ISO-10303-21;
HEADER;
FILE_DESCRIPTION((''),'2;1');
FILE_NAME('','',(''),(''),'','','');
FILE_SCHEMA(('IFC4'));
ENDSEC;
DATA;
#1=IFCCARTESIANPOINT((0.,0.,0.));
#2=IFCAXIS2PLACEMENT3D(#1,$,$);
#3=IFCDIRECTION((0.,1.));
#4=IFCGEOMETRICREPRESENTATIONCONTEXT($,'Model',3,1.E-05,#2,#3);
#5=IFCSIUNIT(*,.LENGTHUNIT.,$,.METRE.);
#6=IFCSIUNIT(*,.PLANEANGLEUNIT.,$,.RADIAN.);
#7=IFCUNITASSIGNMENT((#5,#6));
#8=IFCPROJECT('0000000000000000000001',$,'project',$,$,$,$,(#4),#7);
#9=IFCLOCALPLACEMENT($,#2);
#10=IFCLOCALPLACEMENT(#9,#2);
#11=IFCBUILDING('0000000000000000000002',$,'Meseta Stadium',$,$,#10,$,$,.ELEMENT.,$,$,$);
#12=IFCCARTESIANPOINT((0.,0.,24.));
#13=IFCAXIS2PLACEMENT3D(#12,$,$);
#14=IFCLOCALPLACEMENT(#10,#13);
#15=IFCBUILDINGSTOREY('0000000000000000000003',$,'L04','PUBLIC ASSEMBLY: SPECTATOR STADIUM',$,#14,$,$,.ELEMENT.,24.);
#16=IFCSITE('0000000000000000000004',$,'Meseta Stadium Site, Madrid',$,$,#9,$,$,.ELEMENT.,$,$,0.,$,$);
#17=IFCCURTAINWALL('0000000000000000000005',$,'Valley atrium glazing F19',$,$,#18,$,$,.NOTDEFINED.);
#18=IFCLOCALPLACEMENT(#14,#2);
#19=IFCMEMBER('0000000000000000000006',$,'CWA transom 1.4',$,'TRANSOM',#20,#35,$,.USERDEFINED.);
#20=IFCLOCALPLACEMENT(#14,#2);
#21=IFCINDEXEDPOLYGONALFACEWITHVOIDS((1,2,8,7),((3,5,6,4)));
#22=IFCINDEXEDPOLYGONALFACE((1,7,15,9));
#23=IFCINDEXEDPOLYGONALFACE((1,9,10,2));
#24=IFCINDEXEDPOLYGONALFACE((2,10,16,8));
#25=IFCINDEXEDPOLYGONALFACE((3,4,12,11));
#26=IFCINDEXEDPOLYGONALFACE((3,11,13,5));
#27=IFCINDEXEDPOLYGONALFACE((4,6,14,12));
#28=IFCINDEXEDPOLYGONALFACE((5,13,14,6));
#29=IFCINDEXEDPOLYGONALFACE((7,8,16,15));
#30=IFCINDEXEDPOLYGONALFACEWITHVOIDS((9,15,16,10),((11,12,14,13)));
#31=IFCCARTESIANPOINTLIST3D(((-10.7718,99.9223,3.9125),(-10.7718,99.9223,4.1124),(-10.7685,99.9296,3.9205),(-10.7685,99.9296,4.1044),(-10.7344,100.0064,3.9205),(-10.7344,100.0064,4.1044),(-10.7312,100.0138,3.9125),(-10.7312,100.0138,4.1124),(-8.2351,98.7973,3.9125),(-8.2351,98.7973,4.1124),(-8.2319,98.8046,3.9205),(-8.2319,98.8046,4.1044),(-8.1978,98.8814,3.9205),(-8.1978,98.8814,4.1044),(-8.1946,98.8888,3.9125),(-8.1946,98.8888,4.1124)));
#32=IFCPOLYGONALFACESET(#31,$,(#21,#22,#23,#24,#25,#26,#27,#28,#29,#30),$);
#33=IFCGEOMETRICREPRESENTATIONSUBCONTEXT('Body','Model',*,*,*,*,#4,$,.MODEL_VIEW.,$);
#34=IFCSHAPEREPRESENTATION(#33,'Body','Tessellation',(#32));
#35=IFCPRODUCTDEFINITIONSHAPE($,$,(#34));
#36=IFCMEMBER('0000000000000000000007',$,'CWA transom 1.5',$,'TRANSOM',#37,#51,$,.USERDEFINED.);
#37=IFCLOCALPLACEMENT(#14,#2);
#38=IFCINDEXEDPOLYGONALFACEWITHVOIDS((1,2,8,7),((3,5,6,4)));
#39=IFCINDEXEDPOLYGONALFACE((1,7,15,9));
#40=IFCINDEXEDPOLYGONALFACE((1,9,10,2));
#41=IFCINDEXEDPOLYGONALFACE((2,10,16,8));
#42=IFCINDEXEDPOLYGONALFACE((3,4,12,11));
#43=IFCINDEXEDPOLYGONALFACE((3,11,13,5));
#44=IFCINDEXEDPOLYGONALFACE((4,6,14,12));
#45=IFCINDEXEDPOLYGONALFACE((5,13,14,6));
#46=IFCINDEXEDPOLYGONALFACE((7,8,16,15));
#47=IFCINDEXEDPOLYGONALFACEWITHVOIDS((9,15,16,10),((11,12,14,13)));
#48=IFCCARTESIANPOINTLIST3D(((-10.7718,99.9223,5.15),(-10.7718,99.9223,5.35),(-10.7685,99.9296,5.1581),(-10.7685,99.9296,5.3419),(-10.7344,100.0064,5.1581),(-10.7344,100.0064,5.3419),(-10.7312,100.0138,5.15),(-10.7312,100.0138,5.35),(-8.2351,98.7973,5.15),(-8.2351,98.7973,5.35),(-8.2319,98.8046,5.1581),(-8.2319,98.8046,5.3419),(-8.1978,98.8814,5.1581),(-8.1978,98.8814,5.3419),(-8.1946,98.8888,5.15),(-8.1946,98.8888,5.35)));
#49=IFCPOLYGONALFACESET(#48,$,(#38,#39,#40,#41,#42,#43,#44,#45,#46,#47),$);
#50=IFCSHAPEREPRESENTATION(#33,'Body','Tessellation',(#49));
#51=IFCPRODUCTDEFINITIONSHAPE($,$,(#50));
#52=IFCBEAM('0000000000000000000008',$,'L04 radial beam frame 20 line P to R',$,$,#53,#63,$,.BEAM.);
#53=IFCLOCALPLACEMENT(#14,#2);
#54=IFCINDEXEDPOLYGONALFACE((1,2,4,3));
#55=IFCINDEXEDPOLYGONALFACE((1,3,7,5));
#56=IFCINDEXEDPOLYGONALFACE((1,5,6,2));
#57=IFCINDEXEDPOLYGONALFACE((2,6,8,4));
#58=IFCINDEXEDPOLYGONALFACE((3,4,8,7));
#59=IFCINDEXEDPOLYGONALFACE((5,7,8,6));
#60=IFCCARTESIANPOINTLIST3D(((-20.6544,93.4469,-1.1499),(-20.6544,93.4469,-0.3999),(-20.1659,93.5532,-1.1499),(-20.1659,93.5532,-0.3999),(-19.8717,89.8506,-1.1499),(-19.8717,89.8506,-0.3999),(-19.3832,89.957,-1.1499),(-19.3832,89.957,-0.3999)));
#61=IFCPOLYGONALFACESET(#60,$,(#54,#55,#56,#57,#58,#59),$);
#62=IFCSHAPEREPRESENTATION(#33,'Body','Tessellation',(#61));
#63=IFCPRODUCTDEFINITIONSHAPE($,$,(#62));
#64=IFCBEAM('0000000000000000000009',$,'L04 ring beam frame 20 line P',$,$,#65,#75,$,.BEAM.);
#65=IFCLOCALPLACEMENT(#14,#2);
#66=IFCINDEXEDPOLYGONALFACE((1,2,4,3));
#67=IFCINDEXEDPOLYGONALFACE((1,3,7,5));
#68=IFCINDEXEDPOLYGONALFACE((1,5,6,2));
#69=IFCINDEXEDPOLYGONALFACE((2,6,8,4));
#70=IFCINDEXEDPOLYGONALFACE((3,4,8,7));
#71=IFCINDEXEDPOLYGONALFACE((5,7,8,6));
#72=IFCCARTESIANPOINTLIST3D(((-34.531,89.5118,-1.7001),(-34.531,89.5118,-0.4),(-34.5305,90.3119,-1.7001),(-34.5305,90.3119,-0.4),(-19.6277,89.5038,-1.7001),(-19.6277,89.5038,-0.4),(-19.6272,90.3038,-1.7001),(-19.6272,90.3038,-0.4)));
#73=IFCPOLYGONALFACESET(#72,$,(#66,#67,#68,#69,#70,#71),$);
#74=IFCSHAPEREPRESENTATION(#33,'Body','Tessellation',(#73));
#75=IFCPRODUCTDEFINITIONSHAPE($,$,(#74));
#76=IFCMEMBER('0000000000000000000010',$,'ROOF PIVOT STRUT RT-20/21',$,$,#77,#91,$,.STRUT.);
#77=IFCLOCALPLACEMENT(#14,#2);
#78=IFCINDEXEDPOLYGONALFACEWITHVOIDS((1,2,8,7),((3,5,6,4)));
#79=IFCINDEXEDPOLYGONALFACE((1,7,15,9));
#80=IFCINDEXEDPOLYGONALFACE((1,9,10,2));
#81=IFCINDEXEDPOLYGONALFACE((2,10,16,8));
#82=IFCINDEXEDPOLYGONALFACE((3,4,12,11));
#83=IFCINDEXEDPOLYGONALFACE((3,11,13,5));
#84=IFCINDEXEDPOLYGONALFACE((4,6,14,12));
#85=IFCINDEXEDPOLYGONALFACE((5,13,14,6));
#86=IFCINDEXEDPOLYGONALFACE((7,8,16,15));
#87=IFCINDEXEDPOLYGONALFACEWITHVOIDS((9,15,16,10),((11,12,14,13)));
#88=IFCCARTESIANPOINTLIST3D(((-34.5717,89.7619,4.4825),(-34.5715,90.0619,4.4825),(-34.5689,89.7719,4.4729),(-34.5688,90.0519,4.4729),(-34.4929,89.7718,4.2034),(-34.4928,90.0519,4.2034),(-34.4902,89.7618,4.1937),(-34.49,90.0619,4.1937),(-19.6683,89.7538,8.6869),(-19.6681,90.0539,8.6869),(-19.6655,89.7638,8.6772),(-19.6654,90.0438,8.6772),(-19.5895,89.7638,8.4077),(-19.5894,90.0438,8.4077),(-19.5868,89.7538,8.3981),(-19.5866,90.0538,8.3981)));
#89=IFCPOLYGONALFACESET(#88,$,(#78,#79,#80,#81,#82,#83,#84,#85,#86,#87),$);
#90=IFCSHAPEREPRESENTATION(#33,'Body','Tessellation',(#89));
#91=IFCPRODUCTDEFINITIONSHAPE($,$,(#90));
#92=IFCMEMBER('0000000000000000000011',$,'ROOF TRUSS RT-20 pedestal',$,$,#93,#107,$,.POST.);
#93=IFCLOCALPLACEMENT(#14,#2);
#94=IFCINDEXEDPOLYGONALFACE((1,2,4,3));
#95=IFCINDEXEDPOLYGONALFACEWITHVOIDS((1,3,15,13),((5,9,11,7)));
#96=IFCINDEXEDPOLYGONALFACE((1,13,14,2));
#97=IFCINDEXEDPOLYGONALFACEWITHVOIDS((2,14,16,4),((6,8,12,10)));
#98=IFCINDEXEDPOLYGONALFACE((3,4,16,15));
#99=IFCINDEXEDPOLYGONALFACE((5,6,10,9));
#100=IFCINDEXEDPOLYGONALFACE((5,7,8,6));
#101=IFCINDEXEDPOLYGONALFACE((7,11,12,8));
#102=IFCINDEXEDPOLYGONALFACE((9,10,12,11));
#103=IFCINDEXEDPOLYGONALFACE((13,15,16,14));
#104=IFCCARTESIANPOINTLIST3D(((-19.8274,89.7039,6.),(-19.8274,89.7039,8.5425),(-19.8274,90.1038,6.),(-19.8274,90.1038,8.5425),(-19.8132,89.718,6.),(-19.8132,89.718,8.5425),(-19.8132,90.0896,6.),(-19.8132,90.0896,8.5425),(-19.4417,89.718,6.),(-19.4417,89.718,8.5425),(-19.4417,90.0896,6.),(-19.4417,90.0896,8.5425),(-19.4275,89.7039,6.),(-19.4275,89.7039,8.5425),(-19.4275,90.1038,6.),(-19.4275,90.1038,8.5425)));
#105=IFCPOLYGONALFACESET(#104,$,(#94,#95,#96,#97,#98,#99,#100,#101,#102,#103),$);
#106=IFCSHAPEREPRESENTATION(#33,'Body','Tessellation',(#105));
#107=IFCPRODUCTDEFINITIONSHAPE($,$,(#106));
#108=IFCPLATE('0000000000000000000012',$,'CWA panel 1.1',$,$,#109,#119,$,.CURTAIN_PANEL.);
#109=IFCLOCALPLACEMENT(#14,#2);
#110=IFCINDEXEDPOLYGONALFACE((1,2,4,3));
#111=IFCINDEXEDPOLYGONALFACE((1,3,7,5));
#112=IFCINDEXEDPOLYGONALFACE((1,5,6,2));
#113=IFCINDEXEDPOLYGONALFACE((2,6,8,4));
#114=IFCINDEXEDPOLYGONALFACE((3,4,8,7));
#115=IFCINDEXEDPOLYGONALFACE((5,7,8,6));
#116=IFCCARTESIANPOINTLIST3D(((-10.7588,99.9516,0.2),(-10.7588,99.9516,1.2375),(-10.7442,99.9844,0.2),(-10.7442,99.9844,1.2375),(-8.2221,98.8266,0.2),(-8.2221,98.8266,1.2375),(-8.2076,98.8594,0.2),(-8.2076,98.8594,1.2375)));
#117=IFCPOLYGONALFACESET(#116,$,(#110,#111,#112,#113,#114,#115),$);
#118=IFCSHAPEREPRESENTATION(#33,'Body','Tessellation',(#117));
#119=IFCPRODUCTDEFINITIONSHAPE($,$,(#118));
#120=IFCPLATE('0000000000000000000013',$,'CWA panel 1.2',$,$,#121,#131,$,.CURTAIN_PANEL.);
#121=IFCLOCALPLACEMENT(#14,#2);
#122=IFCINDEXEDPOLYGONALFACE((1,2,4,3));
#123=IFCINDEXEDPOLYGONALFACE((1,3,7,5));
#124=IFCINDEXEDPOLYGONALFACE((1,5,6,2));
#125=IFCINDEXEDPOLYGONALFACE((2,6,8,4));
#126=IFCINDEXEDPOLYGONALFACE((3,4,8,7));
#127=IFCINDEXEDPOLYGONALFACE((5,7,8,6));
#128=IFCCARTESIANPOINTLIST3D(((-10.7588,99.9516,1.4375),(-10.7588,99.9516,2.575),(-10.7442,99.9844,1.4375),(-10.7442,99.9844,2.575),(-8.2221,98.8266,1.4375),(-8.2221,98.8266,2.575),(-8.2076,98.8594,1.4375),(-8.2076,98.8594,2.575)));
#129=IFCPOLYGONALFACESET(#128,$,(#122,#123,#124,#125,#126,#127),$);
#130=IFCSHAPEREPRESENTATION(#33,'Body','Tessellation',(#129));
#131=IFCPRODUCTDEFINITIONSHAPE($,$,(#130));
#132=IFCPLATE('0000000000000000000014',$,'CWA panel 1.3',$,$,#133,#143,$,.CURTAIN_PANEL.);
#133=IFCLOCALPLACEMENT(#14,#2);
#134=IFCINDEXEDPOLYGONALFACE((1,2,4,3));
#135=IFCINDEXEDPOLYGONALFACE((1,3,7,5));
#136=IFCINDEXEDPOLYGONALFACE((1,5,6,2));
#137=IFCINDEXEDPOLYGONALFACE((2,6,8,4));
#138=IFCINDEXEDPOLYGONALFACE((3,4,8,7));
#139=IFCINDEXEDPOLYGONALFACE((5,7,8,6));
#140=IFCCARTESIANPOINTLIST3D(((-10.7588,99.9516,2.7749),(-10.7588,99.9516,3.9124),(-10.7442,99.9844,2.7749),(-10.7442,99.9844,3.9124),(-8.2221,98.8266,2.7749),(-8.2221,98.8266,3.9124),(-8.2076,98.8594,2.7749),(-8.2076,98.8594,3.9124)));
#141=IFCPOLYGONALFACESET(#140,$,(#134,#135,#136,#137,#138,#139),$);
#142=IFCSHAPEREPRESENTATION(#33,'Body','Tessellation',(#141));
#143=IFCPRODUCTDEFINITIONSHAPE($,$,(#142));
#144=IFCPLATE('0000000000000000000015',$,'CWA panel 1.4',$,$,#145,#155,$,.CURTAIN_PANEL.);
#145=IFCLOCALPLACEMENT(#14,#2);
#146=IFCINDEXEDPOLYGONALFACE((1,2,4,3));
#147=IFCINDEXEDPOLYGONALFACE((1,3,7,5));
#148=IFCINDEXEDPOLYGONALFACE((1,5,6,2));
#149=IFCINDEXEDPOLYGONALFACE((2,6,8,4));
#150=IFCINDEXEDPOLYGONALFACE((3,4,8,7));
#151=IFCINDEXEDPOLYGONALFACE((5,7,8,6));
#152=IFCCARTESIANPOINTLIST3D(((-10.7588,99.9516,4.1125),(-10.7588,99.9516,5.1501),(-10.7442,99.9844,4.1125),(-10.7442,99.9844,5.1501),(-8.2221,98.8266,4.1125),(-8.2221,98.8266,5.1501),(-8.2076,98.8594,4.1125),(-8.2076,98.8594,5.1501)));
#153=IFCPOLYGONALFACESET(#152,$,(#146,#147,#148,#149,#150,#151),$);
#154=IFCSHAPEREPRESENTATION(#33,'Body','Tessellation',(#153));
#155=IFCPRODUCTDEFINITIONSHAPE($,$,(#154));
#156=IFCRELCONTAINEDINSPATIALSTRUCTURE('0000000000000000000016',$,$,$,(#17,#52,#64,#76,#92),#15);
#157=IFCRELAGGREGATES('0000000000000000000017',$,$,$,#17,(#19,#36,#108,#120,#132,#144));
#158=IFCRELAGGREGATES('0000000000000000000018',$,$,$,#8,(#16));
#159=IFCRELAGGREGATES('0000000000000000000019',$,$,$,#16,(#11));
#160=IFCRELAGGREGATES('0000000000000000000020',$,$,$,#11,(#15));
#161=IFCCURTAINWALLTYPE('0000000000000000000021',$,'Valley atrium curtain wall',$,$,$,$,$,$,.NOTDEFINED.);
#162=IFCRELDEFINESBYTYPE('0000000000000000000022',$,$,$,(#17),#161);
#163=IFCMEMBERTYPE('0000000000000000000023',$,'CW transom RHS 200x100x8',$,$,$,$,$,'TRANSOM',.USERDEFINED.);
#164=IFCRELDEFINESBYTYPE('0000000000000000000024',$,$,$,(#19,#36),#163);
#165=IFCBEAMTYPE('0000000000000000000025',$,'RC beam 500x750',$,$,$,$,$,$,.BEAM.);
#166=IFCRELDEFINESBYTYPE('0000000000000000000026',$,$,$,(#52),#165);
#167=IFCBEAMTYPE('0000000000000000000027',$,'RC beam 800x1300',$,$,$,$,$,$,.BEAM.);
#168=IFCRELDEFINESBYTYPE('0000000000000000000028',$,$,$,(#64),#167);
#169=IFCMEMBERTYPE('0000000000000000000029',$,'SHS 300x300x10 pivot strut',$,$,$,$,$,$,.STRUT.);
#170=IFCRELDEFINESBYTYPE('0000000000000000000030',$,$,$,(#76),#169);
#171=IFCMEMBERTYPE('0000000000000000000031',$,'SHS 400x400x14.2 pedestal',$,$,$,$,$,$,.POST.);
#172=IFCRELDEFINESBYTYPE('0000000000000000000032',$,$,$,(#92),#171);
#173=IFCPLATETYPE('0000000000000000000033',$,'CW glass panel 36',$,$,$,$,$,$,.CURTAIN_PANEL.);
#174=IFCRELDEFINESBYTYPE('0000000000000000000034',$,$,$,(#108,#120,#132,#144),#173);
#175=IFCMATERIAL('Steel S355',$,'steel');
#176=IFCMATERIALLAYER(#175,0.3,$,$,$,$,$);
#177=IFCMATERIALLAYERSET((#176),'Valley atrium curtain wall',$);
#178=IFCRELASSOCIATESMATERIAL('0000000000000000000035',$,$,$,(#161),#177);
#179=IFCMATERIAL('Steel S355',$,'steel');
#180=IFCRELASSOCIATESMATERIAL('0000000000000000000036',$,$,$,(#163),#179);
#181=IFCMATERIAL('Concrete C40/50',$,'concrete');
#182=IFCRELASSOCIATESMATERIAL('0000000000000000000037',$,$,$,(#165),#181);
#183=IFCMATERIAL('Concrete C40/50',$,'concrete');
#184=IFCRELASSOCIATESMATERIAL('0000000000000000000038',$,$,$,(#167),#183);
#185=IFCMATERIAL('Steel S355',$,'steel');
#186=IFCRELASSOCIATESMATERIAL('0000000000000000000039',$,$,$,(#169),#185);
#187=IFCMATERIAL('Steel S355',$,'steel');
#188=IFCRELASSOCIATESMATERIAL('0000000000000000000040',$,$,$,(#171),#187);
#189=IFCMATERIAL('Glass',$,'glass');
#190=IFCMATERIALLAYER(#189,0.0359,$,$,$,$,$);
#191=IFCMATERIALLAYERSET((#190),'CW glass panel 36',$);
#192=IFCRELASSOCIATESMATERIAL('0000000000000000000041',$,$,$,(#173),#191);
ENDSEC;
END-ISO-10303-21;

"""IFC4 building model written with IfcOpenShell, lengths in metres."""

from ifc_helpers import new_model, si_unit, direction, frame, origin, origin_2d, place, context, subcontext, project, spatial, rectangle, hollow_rectangle, extrude, material, layer, layer_set, material_profile, profile_set, type_object, element, aggregate, save


model = new_model("IFC4")

# Units and contexts
model_context = context("Model", 3, precision=1e-05, world=origin(), true_north=direction((0.0, 1.0)))
body_context = subcontext(model_context, "Body", "Model", "MODEL_VIEW")
ifc_project = project(units=[si_unit("LENGTHUNIT", "METRE"), si_unit("PLANEANGLEUNIT", "RADIAN")], contexts=[model_context])

# Site, building, storey
site_placement = place(None, origin())
site = spatial("IfcSite", under=ifc_project, at=site_placement, Name="Meseta Stadium Site, Madrid", CompositionType="ELEMENT", RefElevation=0.0)
building_placement = place(site_placement, origin())
building = spatial("IfcBuilding", under=site, at=building_placement, Name="Meseta Stadium", CompositionType="ELEMENT")
storey_placement = place(building_placement, frame((0.0, 0.0, 24.0)))
storey = spatial("IfcBuildingStorey", under=building, at=storey_placement, Name="L04", Description="PUBLIC ASSEMBLY: SPECTATOR STADIUM", CompositionType="ELEMENT", Elevation=24.0)

# Curtain wall, members
ifc_material_1 = material(Name="Steel S355", Category="steel")
ifc_layer_1 = layer(ifc_material_1, 0.3)
ifc_layer_set_1 = layer_set([ifc_layer_1], Name="Valley atrium curtain wall")
curtain_wall_type = type_object("IfcCurtainWallType", Name="Valley atrium curtain wall", PredefinedType="NOTDEFINED", material=ifc_layer_set_1)
curtain_wall_placement = place(storey_placement, origin())
curtain_wall = element("IfcCurtainWall", 1, at=curtain_wall_placement, inside=storey, type_object=curtain_wall_type, Name="Valley atrium glazing F19", PredefinedType="NOTDEFINED")
ifc_material_2 = material(Name="Steel S355", Category="steel")
ifc_material_profile_1 = material_profile(ifc_material_2, hollow_rectangle(XDim=0.1001, YDim=0.2, WallThickness=0.0081, at=origin_2d()), Name="RHS 200x100x8")
ifc_profile_set_1 = profile_set([ifc_material_profile_1], Name="Steel S355")
member_type_1 = type_object("IfcMemberType", Name="CW transom RHS 200x100x8", ElementType="TRANSOM", PredefinedType="USERDEFINED", material=ifc_profile_set_1)
member_1_placement = place(storey_placement, frame((-8.2148, 98.843, 4.0125), z_axis=(-0.914131, 0.40542, 0.0), x_axis=(-0.40542, -0.914131, 0.0)))
member_1 = element("IfcMember", 2, at=member_1_placement, type_object=member_type_1, Name="CWA transom 1.4", ObjectType="TRANSOM", PredefinedType="USERDEFINED", context=body_context, shape_type="SweptSolid", body=[
    extrude(hollow_rectangle(XDim=0.1001, YDim=0.2, WallThickness=0.0081, at=origin_2d()), origin(), (0.0, 0.0, 1.0), 2.7749),
])
member_2_placement = place(storey_placement, frame((-8.2148, 98.843, 5.25), z_axis=(-0.914131, 0.40542, 0.0), x_axis=(-0.40542, -0.914131, 0.0)))
member_2 = element("IfcMember", 3, at=member_2_placement, type_object=member_type_1, Name="CWA transom 1.5", ObjectType="TRANSOM", PredefinedType="USERDEFINED", context=body_context, shape_type="SweptSolid", body=[
    extrude(hollow_rectangle(XDim=0.1001, YDim=0.2, WallThickness=0.0081, at=origin_2d()), origin(), (0.0, 0.0, 1.0), 2.7749),
])

# Beams
ifc_material_3 = material(Name="Concrete C40/50", Category="concrete")
ifc_material_profile_2 = material_profile(ifc_material_3, rectangle(XDim=0.5, YDim=0.75, at=origin_2d()), Name="RC 500x750")
ifc_profile_set_2 = profile_set([ifc_material_profile_2], Name="Concrete C40/50")
beam_type_1 = type_object("IfcBeamType", Name="RC beam 500x750", PredefinedType="BEAM", material=ifc_profile_set_2)
beam_1_placement = place(storey_placement, frame((-19.6274, 89.9038, -0.7749), z_axis=(-0.212672, 0.977124, 0.0), x_axis=(-0.977124, -0.212672, 0.0)))
element("IfcBeam", 4, at=beam_1_placement, inside=storey, type_object=beam_type_1, Name="L04 radial beam frame 20 line P to R", PredefinedType="BEAM", context=body_context, shape_type="SweptSolid", body=[
    extrude(rectangle(XDim=0.5, YDim=0.75, at=origin_2d()), origin(), (0.0, 0.0, 1.0), 3.6804),
])
ifc_material_4 = material(Name="Concrete C40/50", Category="concrete")
ifc_material_profile_3 = material_profile(ifc_material_4, rectangle(XDim=0.8, YDim=1.3, at=origin_2d()), Name="RC 800x1300")
ifc_profile_set_3 = profile_set([ifc_material_profile_3], Name="Concrete C40/50")
beam_type_2 = type_object("IfcBeamType", Name="RC beam 800x1300", PredefinedType="BEAM", material=ifc_profile_set_3)
beam_2_placement = place(storey_placement, frame((-19.6274, 89.9038, -1.05), z_axis=(-1.0, 0.000541, 0.0), x_axis=(-0.000541, -1.0, 0.0)))
element("IfcBeam", 5, at=beam_2_placement, inside=storey, type_object=beam_type_2, Name="L04 ring beam frame 20 line P", PredefinedType="BEAM", context=body_context, shape_type="SweptSolid", body=[
    extrude(rectangle(XDim=0.8, YDim=1.3, at=origin_2d()), origin(), (0.0, 0.0, 1.0), 14.9033),
])

# Members
ifc_material_5 = material(Name="Steel S355", Category="steel")
ifc_material_profile_4 = material_profile(ifc_material_5, hollow_rectangle(XDim=0.3, YDim=0.3, WallThickness=0.01, at=origin_2d()), Name="SHS 300x300x10")
ifc_profile_set_4 = profile_set([ifc_material_profile_4], Name="Steel S355")
member_type_2 = type_object("IfcMemberType", Name="SHS 300x300x10 pivot strut", PredefinedType="STRUT", material=ifc_profile_set_4)
member_3_placement = place(storey_placement, frame((-19.6274, 89.9038, 8.5425), z_axis=(-0.962435, 0.00052, -0.271511), x_axis=(-0.000541, -1.0, 0.0)))
element("IfcMember", 6, at=member_3_placement, inside=storey, type_object=member_type_2, Name="ROOF PIVOT STRUT RT-20/21", PredefinedType="STRUT", context=body_context, shape_type="SweptSolid", body=[
    extrude(hollow_rectangle(XDim=0.3, YDim=0.3, WallThickness=0.01, at=origin_2d()), origin(), (0.0, 0.0, 1.0), 15.4851),
])
ifc_material_6 = material(Name="Steel S355", Category="steel")
ifc_material_profile_5 = material_profile(ifc_material_6, hollow_rectangle(XDim=0.3999, YDim=0.3999, WallThickness=0.0142, at=origin_2d()), Name="SHS 400x400x14.2")
ifc_profile_set_5 = profile_set([ifc_material_profile_5], Name="Steel S355")
member_type_3 = type_object("IfcMemberType", Name="SHS 400x400x14.2 pedestal", PredefinedType="POST", material=ifc_profile_set_5)
member_4_placement = place(storey_placement, frame((-19.6274, 89.9038, 6.0), z_axis=(0.0, 0.0, 1.0), x_axis=(1.0, 0.0, 0.0)))
element("IfcMember", 7, at=member_4_placement, inside=storey, type_object=member_type_3, Name="ROOF TRUSS RT-20 pedestal", PredefinedType="POST", context=body_context, shape_type="SweptSolid", body=[
    extrude(hollow_rectangle(XDim=0.3999, YDim=0.3999, WallThickness=0.0142, at=origin_2d()), origin(), (0.0, 0.0, 1.0), 2.5425),
])

# Plates
ifc_material_7 = material(Name="Glass", Category="glass")
ifc_layer_2 = layer(ifc_material_7, 0.0359)
ifc_layer_set_2 = layer_set([ifc_layer_2], Name="CW glass panel 36")
plate_type = type_object("IfcPlateType", Name="CW glass panel 36", PredefinedType="CURTAIN_PANEL", material=ifc_layer_set_2)
plate_1_placement = place(storey_placement, frame((-9.4832, 99.4055, 0.2), z_axis=(0.0, 0.0, 1.0), x_axis=(-0.914139, 0.405401, 0.0)))
plate_1 = element("IfcPlate", 8, at=plate_1_placement, type_object=plate_type, Name="CWA panel 1.1", PredefinedType="CURTAIN_PANEL", context=body_context, shape_type="SweptSolid", body=[
    extrude(rectangle(XDim=2.7749, YDim=0.0359, at=origin_2d()), origin(), (0.0, 0.0, 1.0), 1.0376),
])
plate_2_placement = place(storey_placement, frame((-9.4832, 99.4055, 1.4375), z_axis=(0.0, 0.0, 1.0), x_axis=(-0.914139, 0.405401, 0.0)))
plate_2 = element("IfcPlate", 9, at=plate_2_placement, type_object=plate_type, Name="CWA panel 1.2", PredefinedType="CURTAIN_PANEL", context=body_context, shape_type="SweptSolid", body=[
    extrude(rectangle(XDim=2.7749, YDim=0.0359, at=origin_2d()), origin(), (0.0, 0.0, 1.0), 1.1375),
])
plate_3_placement = place(storey_placement, frame((-9.4832, 99.4055, 2.7749), z_axis=(0.0, 0.0, 1.0), x_axis=(-0.914139, 0.405401, 0.0)))
plate_3 = element("IfcPlate", 10, at=plate_3_placement, type_object=plate_type, Name="CWA panel 1.3", PredefinedType="CURTAIN_PANEL", context=body_context, shape_type="SweptSolid", body=[
    extrude(rectangle(XDim=2.7749, YDim=0.0359, at=origin_2d()), origin(), (0.0, 0.0, 1.0), 1.1375),
])
plate_4_placement = place(storey_placement, frame((-9.4832, 99.4055, 4.1125), z_axis=(0.0, 0.0, 1.0), x_axis=(-0.914139, 0.405401, 0.0)))
plate_4 = element("IfcPlate", 11, at=plate_4_placement, type_object=plate_type, Name="CWA panel 1.4", PredefinedType="CURTAIN_PANEL", context=body_context, shape_type="SweptSolid", body=[
    extrude(rectangle(XDim=2.7749, YDim=0.0359, at=origin_2d()), origin(), (0.0, 0.0, 1.0), 1.0376),
])
aggregate(curtain_wall, [member_1, member_2, plate_1, plate_2, plate_3, plate_4])

save(model, "model.ifc")
